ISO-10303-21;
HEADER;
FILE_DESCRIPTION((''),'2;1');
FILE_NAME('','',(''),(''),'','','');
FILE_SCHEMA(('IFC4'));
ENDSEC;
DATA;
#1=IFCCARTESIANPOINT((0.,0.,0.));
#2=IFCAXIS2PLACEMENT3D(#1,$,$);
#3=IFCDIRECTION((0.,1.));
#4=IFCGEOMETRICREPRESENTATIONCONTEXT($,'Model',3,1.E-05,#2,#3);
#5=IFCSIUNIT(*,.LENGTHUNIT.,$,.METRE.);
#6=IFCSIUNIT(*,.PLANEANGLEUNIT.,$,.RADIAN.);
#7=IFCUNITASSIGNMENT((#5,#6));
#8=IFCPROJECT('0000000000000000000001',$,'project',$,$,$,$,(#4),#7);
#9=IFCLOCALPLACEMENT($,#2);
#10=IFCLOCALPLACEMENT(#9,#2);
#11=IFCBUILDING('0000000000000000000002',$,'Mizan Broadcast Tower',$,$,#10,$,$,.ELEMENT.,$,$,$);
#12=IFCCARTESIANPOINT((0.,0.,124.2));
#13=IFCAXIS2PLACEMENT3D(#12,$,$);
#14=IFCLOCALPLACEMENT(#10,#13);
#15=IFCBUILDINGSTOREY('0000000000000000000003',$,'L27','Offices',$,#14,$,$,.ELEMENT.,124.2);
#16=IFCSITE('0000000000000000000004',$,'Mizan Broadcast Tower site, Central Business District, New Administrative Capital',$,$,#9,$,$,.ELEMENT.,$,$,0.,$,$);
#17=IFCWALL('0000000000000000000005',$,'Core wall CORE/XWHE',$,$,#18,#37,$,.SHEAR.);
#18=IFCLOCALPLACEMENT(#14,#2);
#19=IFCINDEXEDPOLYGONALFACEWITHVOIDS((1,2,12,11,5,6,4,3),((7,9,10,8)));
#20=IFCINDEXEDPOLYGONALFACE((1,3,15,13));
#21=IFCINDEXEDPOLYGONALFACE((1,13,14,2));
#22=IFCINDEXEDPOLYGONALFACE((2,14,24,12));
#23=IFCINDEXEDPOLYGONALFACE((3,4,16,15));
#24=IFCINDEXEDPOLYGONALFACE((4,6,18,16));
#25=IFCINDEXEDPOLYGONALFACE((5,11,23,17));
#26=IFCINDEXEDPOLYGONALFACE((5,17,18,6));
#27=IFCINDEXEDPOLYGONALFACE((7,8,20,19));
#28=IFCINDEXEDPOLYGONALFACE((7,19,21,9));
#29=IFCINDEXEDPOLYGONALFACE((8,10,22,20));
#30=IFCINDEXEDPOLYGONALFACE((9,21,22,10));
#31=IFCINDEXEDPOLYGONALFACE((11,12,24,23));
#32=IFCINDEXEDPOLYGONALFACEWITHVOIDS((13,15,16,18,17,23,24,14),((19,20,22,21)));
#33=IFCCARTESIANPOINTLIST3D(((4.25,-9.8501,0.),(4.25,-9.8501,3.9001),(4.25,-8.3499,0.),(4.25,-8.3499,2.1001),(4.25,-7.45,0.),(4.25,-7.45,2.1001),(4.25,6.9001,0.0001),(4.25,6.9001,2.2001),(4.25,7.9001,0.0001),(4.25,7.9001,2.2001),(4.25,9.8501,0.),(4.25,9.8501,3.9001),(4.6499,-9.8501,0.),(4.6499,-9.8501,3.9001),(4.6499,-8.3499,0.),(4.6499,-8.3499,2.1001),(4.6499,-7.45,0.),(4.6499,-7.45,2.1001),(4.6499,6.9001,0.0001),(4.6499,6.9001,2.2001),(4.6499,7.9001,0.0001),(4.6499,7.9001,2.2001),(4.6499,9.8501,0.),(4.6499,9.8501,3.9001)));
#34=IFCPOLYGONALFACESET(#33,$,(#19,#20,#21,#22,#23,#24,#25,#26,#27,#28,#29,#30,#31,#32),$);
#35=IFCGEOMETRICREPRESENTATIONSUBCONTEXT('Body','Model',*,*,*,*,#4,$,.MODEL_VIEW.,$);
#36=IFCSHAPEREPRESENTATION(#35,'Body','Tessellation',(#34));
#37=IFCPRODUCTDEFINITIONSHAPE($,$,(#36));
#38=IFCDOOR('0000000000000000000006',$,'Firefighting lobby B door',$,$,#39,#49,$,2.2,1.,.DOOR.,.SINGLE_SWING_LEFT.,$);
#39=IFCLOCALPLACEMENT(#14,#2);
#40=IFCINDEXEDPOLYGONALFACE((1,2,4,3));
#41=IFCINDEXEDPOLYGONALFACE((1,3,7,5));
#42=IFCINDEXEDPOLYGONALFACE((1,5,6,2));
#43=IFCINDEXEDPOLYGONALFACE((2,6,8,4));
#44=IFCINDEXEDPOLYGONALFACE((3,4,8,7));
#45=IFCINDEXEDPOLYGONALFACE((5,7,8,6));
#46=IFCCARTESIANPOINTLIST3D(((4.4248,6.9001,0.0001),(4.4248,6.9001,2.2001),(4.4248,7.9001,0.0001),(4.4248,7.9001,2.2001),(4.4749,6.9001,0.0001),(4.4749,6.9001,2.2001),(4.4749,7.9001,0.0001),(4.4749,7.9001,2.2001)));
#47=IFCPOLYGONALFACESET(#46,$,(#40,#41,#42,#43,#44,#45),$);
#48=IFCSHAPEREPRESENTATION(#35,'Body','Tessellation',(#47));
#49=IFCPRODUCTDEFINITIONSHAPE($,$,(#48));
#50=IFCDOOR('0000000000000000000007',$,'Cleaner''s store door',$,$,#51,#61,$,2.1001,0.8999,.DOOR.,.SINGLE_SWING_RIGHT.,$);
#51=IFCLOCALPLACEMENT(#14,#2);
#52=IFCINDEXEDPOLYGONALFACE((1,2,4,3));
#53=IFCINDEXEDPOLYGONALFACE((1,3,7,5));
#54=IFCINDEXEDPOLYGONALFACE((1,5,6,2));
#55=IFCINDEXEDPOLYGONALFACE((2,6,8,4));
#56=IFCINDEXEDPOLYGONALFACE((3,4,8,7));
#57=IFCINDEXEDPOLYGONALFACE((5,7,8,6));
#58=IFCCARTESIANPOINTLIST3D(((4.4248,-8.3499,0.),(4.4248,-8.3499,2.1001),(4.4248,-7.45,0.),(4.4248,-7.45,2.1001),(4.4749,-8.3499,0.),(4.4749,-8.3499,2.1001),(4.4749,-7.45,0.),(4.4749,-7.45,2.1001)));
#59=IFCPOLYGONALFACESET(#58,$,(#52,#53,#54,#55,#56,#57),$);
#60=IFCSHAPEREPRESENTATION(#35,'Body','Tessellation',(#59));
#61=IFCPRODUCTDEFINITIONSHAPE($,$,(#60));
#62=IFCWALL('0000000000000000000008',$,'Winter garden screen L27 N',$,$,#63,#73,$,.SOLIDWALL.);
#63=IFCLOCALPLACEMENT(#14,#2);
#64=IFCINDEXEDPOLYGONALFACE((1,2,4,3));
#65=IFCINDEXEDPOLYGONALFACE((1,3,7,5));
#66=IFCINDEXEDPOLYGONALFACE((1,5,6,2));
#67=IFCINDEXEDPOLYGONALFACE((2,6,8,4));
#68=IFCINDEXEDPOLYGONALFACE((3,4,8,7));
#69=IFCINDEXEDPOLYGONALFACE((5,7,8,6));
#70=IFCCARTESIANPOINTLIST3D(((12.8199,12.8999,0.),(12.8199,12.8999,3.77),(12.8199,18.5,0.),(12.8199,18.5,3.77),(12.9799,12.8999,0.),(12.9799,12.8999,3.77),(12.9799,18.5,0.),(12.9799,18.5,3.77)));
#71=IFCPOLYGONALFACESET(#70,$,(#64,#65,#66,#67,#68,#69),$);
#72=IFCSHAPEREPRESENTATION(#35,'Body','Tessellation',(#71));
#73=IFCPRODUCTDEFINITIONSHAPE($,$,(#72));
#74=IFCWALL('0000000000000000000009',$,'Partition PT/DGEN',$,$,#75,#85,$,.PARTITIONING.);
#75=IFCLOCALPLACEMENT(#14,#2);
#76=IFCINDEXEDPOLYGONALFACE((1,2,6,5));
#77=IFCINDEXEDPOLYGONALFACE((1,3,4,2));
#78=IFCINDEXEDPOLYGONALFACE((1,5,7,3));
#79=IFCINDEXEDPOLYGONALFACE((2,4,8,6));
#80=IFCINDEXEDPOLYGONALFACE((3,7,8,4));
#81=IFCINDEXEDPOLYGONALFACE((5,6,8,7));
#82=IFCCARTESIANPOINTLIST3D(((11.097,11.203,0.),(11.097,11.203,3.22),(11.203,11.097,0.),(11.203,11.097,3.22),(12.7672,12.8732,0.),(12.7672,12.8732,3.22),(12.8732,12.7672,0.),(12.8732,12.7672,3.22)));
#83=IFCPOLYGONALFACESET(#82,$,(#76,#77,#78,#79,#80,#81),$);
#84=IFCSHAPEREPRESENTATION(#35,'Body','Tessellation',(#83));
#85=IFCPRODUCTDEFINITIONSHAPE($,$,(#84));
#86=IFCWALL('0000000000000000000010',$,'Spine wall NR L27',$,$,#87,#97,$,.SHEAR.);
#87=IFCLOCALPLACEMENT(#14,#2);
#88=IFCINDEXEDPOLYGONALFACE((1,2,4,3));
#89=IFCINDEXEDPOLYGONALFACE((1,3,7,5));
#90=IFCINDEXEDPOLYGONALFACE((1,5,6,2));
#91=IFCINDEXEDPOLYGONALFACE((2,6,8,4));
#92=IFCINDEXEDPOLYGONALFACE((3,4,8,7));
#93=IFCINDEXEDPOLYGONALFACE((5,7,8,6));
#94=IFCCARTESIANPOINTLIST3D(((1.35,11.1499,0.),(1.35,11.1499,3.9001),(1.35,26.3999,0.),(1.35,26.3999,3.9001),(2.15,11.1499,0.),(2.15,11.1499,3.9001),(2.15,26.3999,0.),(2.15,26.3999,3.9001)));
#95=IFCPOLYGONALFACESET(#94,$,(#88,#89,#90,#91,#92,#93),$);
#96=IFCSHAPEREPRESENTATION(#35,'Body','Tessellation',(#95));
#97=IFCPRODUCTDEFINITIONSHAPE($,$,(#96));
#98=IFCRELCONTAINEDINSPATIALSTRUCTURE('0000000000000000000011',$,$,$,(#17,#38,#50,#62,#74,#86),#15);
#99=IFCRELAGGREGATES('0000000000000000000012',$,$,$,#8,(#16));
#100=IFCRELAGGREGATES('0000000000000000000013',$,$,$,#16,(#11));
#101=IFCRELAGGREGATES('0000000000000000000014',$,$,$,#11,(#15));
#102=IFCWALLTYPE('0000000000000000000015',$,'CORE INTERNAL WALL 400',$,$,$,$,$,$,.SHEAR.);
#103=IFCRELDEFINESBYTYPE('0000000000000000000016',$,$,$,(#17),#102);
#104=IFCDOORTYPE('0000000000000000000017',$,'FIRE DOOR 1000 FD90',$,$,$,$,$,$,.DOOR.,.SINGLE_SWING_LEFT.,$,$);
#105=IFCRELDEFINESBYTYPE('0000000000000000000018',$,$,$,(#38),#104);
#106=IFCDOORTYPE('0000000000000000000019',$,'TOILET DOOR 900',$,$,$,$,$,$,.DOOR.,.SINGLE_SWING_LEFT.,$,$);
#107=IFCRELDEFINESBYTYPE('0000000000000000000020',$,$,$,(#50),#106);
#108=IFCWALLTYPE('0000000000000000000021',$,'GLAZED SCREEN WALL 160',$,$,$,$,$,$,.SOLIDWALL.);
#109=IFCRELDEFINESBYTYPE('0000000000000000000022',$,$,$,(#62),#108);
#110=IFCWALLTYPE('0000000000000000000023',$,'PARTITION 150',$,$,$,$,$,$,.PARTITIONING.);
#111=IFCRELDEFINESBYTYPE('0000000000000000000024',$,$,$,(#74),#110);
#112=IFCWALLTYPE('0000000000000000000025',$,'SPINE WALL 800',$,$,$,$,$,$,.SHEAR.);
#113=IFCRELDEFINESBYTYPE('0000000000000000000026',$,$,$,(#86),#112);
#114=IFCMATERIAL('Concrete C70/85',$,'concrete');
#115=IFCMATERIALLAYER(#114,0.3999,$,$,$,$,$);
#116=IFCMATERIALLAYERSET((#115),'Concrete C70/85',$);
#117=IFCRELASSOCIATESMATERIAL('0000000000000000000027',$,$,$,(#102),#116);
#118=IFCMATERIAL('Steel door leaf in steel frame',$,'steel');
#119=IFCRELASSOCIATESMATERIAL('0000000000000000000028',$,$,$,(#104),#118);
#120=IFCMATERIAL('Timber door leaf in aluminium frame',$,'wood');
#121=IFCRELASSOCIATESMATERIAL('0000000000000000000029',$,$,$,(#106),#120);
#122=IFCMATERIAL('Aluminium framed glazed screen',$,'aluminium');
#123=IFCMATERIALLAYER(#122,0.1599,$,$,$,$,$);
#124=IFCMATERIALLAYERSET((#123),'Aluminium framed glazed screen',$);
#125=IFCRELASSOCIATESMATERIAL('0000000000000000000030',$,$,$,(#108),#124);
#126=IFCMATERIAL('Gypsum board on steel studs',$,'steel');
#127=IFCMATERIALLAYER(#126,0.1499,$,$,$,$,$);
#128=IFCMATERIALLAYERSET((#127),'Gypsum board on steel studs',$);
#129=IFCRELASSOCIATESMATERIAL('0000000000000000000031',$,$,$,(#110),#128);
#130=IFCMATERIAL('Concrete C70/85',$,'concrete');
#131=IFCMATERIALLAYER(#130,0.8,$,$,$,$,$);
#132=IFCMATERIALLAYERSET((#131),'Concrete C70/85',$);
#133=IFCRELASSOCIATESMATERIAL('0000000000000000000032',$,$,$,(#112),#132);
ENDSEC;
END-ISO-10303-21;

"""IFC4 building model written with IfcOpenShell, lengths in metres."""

from ifc_helpers import new_model, si_unit, direction, frame, frame_2d, origin, place, context, subcontext, project, spatial, rectangle, extrude, material, layer, layer_set, type_object, element, fill, save


model = new_model("IFC4")

# Units and contexts
model_context = context("Model", 3, precision=1e-05, world=origin(), true_north=direction((0.0, 1.0)))
body_context = subcontext(model_context, "Body", "Model", "MODEL_VIEW")
ifc_project = project(units=[si_unit("LENGTHUNIT", "METRE"), si_unit("PLANEANGLEUNIT", "RADIAN")], contexts=[model_context])

# Site, building, storey
site_placement = place(None, origin())
site = spatial("IfcSite", under=ifc_project, at=site_placement, Name="Mizan Broadcast Tower site, Central Business District, New Administrative Capital", CompositionType="ELEMENT", RefElevation=0.0)
building_placement = place(site_placement, origin())
building = spatial("IfcBuilding", under=site, at=building_placement, Name="Mizan Broadcast Tower", CompositionType="ELEMENT")
storey_placement = place(building_placement, frame((0.0, 0.0, 124.2)))
storey = spatial("IfcBuildingStorey", under=building, at=storey_placement, Name="L27", Description="Offices", CompositionType="ELEMENT", Elevation=124.2)

# Wall, openings, doors
ifc_material_1 = material(Name="Concrete C70/85", Category="concrete")
ifc_layer_1 = layer(ifc_material_1, 0.3999)
ifc_layer_set_1 = layer_set([ifc_layer_1], Name="Concrete C70/85")
wall_type_1 = type_object("IfcWallType", Name="CORE INTERNAL WALL 400", PredefinedType="SHEAR", material=ifc_layer_set_1)
ifc_material_2 = material(Name="Steel door leaf in steel frame", Category="steel")
door_type_1 = type_object("IfcDoorType", Name="FIRE DOOR 1000 FD90", OperationType="SINGLE_SWING_LEFT", PredefinedType="DOOR", material=ifc_material_2)
ifc_material_3 = material(Name="Timber door leaf in aluminium frame", Category="wood")
door_type_2 = type_object("IfcDoorType", Name="TOILET DOOR 900", OperationType="SINGLE_SWING_LEFT", PredefinedType="DOOR", material=ifc_material_3)
wall_1_placement = place(storey_placement, frame((4.45, 9.8501, 0.0), z_axis=(0.0, 0.0, 1.0), x_axis=(0.0, -1.0, 0.0)))
wall_1 = element("IfcWall", 1, at=wall_1_placement, inside=storey, type_object=wall_type_1, Name="Core wall CORE/XWHE", PredefinedType="SHEAR", context=body_context, shape_type="SweptSolid", body=[
    extrude(rectangle(XDim=19.7002, YDim=0.3999, at=frame_2d((9.8501, 0.0))), origin(), (0.0, 0.0, 1.0), 3.9001),
])
opening_1_placement = place(wall_1_placement, frame((1.95, 0.0, 0.0)))
opening_1 = element("IfcOpeningElement", 2, at=opening_1_placement, cuts=wall_1, PredefinedType="OPENING", context=body_context, shape_type="SweptSolid", body=[
    extrude(rectangle(XDim=1.0, YDim=2.2, at=frame_2d((0.5, 1.1001))), frame((0.0, 0.21, 0.0), z_axis=(0.0, -1.0, 0.0), x_axis=(1.0, 0.0, 0.0)), (0.0, 0.0, 1.0), 0.4199),
])
opening_2_placement = place(wall_1_placement, frame((17.3, 0.0, 0.0)))
opening_2 = element("IfcOpeningElement", 3, at=opening_2_placement, cuts=wall_1, PredefinedType="OPENING", context=body_context, shape_type="SweptSolid", body=[
    extrude(rectangle(XDim=0.8999, YDim=2.1001, at=frame_2d((0.45, 1.05))), frame((0.0, 0.21, 0.0), z_axis=(0.0, -1.0, 0.0), x_axis=(1.0, 0.0, 0.0)), (0.0, 0.0, 1.0), 0.4199),
])
door_1_placement = place(opening_1_placement, origin())
door_1 = element("IfcDoor", 4, at=door_1_placement, inside=storey, type_object=door_type_1, Name="Firefighting lobby B door", OperationType="SINGLE_SWING_LEFT", OverallHeight=2.2, OverallWidth=1.0, PredefinedType="DOOR", context=body_context, shape_type="SweptSolid", body=[
    extrude(rectangle(XDim=1.0, YDim=2.2, at=frame_2d((0.5, 1.1001))), frame((0.0, 0.0249, 0.0), z_axis=(0.0, -1.0, 0.0), x_axis=(1.0, 0.0, 0.0)), (0.0, 0.0, 1.0), 0.05),
])
fill(opening_1, door_1)
door_2_placement = place(opening_2_placement, origin())
door_2 = element("IfcDoor", 5, at=door_2_placement, inside=storey, type_object=door_type_2, Name="Cleaner's store door", OperationType="SINGLE_SWING_RIGHT", OverallHeight=2.1001, OverallWidth=0.8999, PredefinedType="DOOR", context=body_context, shape_type="SweptSolid", body=[
    extrude(rectangle(XDim=0.8999, YDim=2.1001, at=frame_2d((0.45, 1.05))), frame((0.0, 0.0249, 0.0), z_axis=(0.0, -1.0, 0.0), x_axis=(1.0, 0.0, 0.0)), (0.0, 0.0, 1.0), 0.05),
])
fill(opening_2, door_2)

# Walls
ifc_material_4 = material(Name="Aluminium framed glazed screen", Category="aluminium")
ifc_layer_2 = layer(ifc_material_4, 0.1599)
ifc_layer_set_2 = layer_set([ifc_layer_2], Name="Aluminium framed glazed screen")
wall_type_2 = type_object("IfcWallType", Name="GLAZED SCREEN WALL 160", PredefinedType="SOLIDWALL", material=ifc_layer_set_2)
wall_2_placement = place(storey_placement, frame((12.8999, 12.8999, 0.0), z_axis=(0.0, 0.0, 1.0), x_axis=(0.0, 1.0, 0.0)))
element("IfcWall", 6, at=wall_2_placement, inside=storey, type_object=wall_type_2, Name="Winter garden screen L27 N", PredefinedType="SOLIDWALL", context=body_context, shape_type="SweptSolid", body=[
    extrude(rectangle(XDim=5.6001, YDim=0.1599, at=frame_2d((2.8, 0.0))), origin(), (0.0, 0.0, 1.0), 3.77),
])
ifc_material_5 = material(Name="Gypsum board on steel studs", Category="steel")
ifc_layer_3 = layer(ifc_material_5, 0.1499)
ifc_layer_set_3 = layer_set([ifc_layer_3], Name="Gypsum board on steel studs")
wall_type_3 = type_object("IfcWallType", Name="PARTITION 150", PredefinedType="PARTITIONING", material=ifc_layer_set_3)
wall_3_placement = place(storey_placement, frame((11.1499, 11.1499, 0.0), z_axis=(0.0, 0.0, 1.0), x_axis=(0.707107, 0.707107, 0.0)))
element("IfcWall", 7, at=wall_3_placement, inside=storey, type_object=wall_type_3, Name="Partition PT/DGEN", PredefinedType="PARTITIONING", context=body_context, shape_type="SweptSolid", body=[
    extrude(rectangle(XDim=2.3621, YDim=0.1499, at=frame_2d((1.1812, 0.0))), origin(), (0.0, 0.0, 1.0), 3.22),
])
ifc_material_6 = material(Name="Concrete C70/85", Category="concrete")
ifc_layer_4 = layer(ifc_material_6, 0.8)
ifc_layer_set_4 = layer_set([ifc_layer_4], Name="Concrete C70/85")
wall_type_4 = type_object("IfcWallType", Name="SPINE WALL 800", PredefinedType="SHEAR", material=ifc_layer_set_4)
wall_4_placement = place(storey_placement, frame((1.75, 11.1499, 0.0), z_axis=(0.0, 0.0, 1.0), x_axis=(0.0, 1.0, 0.0)))
element("IfcWall", 8, at=wall_4_placement, inside=storey, type_object=wall_type_4, Name="Spine wall NR L27", PredefinedType="SHEAR", context=body_context, shape_type="SweptSolid", body=[
    extrude(rectangle(XDim=15.25, YDim=0.8, at=frame_2d((7.625, 0.0))), origin(), (0.0, 0.0, 1.0), 3.9001),
])

save(model, "model.ifc")
